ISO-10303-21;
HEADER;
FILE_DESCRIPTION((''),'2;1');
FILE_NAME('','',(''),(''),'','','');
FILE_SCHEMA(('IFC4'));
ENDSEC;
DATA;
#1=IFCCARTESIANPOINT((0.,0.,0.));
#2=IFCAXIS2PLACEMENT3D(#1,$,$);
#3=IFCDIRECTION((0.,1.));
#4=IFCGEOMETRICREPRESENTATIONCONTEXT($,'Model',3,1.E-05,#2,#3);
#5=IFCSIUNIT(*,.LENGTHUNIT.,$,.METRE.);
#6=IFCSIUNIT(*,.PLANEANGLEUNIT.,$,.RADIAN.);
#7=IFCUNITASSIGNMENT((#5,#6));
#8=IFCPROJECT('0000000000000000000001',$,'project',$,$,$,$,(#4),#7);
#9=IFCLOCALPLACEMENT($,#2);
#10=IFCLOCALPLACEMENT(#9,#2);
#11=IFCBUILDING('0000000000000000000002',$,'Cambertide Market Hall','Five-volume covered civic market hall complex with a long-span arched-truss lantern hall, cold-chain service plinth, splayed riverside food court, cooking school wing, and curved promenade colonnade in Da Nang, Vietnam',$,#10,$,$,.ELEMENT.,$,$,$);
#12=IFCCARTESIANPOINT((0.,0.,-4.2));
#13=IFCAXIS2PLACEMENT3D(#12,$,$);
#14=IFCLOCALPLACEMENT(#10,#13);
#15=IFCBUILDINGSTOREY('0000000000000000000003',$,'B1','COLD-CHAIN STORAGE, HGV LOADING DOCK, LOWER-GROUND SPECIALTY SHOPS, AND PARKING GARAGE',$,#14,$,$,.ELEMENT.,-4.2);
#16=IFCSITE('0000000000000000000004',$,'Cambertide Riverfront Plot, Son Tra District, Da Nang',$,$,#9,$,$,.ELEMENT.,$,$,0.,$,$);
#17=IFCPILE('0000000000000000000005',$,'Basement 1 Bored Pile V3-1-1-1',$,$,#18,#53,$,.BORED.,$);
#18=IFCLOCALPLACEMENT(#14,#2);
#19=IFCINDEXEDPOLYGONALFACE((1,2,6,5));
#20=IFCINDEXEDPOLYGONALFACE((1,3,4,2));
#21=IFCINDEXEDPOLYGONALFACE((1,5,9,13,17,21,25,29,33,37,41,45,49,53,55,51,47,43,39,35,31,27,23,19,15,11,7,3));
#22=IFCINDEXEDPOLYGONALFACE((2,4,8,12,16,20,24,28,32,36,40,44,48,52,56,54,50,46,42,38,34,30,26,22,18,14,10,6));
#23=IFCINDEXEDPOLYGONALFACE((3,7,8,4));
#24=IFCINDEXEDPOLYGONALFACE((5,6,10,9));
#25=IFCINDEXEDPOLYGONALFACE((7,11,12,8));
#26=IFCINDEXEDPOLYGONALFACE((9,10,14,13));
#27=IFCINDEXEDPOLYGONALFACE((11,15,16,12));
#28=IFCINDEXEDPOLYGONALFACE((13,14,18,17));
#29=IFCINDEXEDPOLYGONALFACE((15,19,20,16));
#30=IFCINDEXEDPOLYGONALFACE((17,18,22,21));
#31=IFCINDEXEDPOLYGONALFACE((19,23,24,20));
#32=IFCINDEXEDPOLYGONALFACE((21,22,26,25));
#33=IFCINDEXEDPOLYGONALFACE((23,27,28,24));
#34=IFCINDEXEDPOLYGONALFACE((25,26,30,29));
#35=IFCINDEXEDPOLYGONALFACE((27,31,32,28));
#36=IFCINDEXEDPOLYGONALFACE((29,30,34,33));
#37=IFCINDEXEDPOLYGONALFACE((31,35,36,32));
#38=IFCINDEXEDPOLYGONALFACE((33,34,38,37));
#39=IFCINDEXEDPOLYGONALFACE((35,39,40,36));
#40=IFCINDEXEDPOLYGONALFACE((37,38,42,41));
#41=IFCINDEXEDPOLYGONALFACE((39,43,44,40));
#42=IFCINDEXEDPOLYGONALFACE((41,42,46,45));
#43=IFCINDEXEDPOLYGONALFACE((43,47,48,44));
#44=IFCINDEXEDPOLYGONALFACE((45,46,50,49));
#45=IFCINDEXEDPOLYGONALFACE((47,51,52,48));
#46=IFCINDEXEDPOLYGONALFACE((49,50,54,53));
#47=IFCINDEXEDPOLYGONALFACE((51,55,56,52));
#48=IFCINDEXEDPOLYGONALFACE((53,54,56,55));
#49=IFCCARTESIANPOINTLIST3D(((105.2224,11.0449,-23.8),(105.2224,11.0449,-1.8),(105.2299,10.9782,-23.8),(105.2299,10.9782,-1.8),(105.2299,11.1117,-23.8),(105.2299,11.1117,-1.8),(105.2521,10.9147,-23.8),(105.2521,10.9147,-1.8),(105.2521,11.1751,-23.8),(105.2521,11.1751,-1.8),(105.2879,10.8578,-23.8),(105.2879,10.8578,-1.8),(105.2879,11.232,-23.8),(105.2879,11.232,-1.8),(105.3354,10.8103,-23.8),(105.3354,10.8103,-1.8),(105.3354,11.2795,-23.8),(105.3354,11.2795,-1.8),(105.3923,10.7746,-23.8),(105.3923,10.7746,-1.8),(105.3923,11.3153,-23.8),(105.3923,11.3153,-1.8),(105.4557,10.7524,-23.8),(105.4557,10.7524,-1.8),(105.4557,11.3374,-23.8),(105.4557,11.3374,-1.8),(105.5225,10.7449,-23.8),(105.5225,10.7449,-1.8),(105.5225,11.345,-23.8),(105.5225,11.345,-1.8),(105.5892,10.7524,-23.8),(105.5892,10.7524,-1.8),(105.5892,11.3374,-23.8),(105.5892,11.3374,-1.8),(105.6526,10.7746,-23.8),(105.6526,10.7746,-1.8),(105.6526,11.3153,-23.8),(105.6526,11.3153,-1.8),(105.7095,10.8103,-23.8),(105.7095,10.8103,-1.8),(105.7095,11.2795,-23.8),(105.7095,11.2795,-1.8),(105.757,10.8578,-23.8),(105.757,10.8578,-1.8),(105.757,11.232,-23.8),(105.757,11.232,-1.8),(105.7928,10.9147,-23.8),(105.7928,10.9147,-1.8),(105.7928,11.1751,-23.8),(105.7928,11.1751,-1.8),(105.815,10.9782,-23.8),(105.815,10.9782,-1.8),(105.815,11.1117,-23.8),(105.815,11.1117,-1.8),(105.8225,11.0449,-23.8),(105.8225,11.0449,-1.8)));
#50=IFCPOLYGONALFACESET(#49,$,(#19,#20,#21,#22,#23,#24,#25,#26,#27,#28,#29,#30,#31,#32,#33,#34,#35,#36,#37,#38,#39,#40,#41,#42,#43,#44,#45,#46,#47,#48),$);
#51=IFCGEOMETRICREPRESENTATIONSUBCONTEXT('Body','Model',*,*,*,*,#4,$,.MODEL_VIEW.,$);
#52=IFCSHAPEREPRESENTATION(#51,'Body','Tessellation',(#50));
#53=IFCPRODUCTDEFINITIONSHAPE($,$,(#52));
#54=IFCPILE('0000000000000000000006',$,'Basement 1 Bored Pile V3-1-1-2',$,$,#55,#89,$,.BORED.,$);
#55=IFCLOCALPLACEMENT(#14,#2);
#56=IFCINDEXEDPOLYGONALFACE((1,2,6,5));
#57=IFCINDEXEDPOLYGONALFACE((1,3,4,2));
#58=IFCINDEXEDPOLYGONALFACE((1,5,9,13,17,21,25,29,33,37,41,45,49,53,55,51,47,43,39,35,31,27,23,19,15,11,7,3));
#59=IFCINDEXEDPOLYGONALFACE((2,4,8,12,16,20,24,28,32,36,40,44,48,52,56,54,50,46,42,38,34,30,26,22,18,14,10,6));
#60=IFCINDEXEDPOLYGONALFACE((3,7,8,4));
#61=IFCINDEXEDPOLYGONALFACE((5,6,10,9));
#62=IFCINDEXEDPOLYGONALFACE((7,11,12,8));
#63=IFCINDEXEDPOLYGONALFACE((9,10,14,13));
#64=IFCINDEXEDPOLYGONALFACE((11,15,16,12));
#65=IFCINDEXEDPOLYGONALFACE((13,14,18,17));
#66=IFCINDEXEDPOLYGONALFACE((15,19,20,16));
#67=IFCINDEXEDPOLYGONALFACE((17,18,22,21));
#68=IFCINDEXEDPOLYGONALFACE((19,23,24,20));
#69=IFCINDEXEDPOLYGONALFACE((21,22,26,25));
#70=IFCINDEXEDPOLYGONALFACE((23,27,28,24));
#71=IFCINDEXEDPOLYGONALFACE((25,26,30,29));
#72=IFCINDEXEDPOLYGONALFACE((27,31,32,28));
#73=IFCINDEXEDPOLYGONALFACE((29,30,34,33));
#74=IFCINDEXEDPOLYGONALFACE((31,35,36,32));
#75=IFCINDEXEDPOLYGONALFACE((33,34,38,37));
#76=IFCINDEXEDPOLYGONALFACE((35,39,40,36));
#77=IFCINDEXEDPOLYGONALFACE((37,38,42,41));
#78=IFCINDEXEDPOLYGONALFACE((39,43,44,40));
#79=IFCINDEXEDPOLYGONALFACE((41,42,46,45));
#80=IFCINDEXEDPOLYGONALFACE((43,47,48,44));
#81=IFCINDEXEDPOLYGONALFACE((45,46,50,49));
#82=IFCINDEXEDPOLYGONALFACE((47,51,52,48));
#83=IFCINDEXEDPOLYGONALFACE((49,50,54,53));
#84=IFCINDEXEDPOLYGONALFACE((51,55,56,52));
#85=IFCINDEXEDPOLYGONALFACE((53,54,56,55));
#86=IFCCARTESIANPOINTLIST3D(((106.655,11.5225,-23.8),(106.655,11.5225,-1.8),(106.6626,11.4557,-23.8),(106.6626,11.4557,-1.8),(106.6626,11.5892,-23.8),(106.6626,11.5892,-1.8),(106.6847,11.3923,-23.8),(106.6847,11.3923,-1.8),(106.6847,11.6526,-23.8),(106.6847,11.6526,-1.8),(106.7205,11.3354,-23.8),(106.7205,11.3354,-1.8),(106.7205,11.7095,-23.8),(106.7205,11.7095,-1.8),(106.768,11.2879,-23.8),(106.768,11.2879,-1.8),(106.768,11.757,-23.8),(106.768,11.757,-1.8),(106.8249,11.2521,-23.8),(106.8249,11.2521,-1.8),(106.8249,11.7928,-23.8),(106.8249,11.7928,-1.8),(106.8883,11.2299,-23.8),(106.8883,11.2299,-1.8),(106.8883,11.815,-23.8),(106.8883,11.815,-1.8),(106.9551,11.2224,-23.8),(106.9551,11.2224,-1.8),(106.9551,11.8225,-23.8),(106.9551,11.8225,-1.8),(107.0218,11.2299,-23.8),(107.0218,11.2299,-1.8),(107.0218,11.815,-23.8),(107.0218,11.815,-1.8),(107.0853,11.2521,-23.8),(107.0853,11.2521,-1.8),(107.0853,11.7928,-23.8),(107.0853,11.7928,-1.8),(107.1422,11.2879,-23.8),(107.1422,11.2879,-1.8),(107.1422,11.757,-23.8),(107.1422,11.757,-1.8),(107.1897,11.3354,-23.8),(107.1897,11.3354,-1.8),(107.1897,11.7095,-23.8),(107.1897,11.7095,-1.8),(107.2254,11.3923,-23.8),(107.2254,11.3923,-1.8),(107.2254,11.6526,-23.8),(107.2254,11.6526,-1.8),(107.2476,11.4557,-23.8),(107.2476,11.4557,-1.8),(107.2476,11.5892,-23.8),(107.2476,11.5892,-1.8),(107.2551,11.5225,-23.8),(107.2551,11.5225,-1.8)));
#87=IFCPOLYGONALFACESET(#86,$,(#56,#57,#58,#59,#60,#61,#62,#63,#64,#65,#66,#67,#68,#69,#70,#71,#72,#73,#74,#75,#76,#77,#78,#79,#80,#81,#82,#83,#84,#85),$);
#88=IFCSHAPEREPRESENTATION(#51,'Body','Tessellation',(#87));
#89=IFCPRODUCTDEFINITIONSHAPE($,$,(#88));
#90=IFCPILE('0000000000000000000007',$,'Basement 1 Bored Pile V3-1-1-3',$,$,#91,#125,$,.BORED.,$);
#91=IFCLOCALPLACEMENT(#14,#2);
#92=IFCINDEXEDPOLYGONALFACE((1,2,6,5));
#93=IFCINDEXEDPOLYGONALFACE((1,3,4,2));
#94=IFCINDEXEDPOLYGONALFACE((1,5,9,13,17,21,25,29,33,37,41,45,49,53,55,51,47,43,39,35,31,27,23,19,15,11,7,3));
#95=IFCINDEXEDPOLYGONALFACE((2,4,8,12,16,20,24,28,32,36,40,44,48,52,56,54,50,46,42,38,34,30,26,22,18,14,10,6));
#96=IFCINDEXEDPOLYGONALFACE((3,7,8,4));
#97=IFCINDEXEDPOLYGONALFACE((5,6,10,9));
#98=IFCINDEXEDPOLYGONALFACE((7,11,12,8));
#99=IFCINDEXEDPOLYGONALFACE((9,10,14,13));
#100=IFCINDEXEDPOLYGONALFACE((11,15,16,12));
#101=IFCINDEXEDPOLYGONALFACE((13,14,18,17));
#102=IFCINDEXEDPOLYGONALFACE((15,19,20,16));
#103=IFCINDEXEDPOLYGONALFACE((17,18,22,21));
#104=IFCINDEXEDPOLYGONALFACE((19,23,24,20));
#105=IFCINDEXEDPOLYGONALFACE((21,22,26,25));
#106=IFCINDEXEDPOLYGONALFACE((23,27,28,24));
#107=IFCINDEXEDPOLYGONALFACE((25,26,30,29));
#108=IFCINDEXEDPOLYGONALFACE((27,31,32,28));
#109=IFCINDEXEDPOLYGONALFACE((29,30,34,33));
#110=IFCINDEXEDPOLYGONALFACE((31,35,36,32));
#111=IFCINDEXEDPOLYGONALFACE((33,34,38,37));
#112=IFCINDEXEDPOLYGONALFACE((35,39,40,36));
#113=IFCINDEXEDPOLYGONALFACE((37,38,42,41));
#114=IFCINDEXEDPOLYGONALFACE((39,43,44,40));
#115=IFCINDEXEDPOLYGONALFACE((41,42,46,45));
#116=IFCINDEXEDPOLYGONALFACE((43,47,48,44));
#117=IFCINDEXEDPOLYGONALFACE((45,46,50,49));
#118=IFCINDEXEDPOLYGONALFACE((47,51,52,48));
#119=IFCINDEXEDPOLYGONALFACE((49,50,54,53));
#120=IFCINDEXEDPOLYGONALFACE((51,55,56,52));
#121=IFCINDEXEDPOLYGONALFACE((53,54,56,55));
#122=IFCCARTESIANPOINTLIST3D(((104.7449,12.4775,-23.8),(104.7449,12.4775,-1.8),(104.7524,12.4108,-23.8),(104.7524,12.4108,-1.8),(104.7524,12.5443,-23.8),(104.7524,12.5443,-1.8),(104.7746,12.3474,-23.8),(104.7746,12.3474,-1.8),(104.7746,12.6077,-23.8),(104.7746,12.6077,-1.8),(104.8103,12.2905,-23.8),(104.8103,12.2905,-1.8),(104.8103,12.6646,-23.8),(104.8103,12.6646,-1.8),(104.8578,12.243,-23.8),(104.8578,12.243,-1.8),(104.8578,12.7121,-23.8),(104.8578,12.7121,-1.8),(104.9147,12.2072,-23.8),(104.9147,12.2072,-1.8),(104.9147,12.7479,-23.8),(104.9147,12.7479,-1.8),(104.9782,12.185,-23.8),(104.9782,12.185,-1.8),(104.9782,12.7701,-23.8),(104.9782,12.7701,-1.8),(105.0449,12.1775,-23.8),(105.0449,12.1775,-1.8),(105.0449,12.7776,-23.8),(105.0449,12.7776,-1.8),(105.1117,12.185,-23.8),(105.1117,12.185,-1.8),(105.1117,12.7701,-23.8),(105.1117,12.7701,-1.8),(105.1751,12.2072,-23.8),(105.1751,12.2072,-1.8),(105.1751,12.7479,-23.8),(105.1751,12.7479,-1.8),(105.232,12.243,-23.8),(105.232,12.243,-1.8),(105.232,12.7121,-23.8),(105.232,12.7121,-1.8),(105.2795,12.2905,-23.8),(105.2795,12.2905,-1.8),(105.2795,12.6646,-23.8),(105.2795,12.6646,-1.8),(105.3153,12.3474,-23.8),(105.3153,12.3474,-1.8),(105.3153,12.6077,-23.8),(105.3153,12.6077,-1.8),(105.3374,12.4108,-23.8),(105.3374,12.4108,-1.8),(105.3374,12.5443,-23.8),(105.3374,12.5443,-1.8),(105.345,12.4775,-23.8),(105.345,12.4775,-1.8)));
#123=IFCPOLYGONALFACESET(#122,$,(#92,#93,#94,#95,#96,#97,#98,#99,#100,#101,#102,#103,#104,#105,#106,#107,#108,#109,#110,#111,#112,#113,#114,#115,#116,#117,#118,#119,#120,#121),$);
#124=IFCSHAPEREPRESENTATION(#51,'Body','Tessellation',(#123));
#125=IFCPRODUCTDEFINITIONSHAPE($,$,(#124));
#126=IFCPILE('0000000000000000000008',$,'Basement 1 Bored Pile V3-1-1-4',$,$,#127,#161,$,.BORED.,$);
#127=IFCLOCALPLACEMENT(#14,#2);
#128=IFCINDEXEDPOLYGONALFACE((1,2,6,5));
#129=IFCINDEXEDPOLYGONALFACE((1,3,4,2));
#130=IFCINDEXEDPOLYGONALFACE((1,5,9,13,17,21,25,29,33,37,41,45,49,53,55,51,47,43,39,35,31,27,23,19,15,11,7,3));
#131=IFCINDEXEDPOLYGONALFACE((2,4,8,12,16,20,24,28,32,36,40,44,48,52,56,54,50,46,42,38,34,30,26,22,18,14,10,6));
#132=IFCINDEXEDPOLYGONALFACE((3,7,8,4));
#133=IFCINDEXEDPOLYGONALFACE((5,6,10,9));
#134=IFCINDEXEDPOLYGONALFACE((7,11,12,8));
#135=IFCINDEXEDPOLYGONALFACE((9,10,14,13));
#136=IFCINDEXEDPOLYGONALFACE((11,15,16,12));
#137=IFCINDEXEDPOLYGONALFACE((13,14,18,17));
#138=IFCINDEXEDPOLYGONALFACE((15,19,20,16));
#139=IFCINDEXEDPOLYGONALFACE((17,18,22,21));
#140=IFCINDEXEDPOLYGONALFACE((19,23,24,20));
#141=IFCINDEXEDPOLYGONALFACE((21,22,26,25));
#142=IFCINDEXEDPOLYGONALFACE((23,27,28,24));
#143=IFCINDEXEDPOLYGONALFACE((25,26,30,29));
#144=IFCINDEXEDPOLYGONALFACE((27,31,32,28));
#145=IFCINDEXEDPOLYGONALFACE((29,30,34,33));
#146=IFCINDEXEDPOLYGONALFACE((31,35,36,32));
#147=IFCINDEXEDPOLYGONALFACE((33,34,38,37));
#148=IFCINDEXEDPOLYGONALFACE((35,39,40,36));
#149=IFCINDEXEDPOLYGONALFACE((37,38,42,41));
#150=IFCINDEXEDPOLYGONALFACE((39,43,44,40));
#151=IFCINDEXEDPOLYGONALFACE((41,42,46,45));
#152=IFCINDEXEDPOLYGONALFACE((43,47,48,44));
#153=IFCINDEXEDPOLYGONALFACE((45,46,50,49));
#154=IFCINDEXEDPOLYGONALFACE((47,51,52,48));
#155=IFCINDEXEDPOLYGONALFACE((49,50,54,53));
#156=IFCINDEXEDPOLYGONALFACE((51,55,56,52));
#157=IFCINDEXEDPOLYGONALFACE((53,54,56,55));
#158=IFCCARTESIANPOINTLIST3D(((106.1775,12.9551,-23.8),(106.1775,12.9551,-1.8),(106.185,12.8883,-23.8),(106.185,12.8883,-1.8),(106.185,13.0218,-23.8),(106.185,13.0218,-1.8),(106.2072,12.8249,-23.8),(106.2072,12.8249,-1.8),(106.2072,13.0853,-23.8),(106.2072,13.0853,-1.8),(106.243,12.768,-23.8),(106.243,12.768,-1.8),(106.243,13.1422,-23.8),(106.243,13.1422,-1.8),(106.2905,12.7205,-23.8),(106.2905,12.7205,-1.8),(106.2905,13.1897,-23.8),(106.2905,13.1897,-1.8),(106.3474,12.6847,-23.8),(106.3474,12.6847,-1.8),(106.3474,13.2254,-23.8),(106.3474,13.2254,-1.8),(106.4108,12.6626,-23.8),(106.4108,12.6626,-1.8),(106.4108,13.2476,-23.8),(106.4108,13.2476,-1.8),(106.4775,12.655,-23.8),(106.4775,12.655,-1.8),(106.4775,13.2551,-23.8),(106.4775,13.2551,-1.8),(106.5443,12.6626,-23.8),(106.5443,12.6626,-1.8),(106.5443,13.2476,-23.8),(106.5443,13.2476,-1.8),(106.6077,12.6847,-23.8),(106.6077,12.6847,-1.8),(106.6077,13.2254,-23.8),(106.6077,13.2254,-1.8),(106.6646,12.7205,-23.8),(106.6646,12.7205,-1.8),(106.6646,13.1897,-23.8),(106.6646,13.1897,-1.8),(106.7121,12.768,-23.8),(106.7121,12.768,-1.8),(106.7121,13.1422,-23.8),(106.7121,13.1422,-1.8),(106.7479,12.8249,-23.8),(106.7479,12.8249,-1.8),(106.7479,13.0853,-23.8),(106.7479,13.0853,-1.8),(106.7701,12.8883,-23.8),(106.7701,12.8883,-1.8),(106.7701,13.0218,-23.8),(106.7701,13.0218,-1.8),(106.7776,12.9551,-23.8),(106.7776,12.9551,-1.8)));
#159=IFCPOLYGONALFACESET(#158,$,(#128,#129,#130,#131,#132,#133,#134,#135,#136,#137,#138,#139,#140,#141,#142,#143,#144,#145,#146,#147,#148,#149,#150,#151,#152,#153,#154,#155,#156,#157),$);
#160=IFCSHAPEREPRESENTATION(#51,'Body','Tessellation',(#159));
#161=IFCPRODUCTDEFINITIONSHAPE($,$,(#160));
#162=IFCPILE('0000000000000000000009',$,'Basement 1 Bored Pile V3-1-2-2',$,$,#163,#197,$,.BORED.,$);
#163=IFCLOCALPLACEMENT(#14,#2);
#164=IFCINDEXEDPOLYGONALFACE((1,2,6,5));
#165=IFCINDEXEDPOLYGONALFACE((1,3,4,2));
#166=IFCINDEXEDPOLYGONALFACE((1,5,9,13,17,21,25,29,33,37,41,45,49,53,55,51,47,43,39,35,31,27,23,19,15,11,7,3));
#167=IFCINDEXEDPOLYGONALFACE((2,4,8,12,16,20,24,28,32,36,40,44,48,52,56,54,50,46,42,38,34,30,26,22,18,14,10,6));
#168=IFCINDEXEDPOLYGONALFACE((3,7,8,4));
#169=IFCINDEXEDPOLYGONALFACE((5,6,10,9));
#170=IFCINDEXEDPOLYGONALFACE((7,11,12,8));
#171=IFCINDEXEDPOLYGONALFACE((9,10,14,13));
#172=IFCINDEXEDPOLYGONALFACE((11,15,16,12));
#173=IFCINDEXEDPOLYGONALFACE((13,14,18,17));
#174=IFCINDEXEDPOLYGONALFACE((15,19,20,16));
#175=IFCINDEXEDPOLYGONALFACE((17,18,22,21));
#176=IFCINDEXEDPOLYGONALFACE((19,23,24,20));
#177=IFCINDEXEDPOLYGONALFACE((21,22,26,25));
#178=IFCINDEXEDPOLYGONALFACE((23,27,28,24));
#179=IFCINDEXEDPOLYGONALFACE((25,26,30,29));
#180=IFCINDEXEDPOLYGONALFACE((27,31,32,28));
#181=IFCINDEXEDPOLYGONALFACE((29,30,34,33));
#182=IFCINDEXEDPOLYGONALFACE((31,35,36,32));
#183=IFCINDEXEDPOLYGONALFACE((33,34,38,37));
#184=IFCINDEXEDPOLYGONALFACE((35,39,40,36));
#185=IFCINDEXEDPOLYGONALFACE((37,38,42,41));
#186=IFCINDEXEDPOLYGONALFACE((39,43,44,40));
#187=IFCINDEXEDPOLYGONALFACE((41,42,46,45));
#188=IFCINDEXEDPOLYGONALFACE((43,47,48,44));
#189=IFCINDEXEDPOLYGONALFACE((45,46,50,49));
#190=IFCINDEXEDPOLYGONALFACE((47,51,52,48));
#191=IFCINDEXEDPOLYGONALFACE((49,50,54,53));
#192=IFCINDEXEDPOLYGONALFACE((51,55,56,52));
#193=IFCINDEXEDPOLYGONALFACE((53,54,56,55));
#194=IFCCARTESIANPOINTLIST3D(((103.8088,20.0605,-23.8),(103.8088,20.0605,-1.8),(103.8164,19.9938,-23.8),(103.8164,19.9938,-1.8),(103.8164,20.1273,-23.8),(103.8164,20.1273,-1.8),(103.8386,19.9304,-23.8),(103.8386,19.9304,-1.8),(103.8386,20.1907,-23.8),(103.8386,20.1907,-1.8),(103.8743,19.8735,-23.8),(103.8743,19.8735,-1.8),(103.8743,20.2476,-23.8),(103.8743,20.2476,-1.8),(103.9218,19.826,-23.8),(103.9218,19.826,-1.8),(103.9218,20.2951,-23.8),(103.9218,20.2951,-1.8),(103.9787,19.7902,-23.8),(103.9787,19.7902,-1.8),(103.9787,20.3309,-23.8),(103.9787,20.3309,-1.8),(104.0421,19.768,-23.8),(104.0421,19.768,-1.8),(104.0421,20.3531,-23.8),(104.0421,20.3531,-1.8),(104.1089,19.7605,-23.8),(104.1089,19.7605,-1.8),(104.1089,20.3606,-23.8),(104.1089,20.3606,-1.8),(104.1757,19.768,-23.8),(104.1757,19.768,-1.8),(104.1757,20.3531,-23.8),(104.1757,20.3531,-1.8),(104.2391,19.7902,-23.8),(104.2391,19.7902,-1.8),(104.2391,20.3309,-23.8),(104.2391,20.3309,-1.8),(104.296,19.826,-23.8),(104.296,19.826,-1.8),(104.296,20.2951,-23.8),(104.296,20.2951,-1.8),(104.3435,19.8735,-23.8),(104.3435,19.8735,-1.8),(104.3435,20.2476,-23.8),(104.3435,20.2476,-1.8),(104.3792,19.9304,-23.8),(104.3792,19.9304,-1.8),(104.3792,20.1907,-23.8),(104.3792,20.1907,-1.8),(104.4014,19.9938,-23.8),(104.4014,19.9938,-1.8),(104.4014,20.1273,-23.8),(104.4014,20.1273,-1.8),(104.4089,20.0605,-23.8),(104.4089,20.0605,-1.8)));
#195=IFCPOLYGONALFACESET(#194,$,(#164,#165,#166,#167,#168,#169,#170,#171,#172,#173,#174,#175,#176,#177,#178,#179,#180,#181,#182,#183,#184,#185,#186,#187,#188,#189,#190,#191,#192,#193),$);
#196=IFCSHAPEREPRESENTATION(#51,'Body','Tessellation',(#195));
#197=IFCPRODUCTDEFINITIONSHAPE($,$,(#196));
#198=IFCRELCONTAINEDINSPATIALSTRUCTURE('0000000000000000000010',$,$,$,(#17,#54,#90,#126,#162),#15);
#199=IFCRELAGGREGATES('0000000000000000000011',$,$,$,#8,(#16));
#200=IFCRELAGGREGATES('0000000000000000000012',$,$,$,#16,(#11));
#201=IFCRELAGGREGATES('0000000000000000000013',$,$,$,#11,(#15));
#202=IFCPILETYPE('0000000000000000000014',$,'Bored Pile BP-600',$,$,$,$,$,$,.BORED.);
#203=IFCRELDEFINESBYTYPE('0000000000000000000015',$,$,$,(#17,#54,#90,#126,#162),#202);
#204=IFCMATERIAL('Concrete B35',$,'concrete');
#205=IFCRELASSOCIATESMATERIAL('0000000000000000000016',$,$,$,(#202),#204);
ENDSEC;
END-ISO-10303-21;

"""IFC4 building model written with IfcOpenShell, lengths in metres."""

from ifc_helpers import new_model, si_unit, direction, frame, origin, origin_2d, place, context, subcontext, project, spatial, circle, extrude, material, material_profile, profile_set, type_object, element, save


model = new_model("IFC4")

# Units and contexts
model_context = context("Model", 3, precision=1e-05, world=origin(), true_north=direction((0.0, 1.0)))
body_context = subcontext(model_context, "Body", "Model", "MODEL_VIEW")
ifc_project = project(units=[si_unit("LENGTHUNIT", "METRE"), si_unit("PLANEANGLEUNIT", "RADIAN")], contexts=[model_context])

# Site, building, storey
site_placement = place(None, origin())
site = spatial("IfcSite", under=ifc_project, at=site_placement, Name="Cambertide Riverfront Plot, Son Tra District, Da Nang", CompositionType="ELEMENT", RefElevation=0.0)
building_placement = place(site_placement, origin())
building = spatial("IfcBuilding", under=site, at=building_placement, Name="Cambertide Market Hall", Description="Five-volume covered civic market hall complex with a long-span arched-truss lantern hall, cold-chain service plinth, splayed riverside food court, cooking school wing, and curved promenade colonnade in Da Nang, Vietnam", CompositionType="ELEMENT")
storey_placement = place(building_placement, frame((0.0, 0.0, -4.2)))
storey = spatial("IfcBuildingStorey", under=building, at=storey_placement, Name="B1", Description="COLD-CHAIN STORAGE, HGV LOADING DOCK, LOWER-GROUND SPECIALTY SHOPS, AND PARKING GARAGE", CompositionType="ELEMENT", Elevation=-4.2)

# Piles
ifc_material_1 = material(Name="Concrete B35", Category="concrete")
ifc_material_profile_1 = material_profile(ifc_material_1, circle(Radius=0.3, at=origin_2d()), Name="BP D600")
ifc_profile_set_1 = profile_set([ifc_material_profile_1], Name="Concrete B35")
pile_type = type_object("IfcPileType", Name="Bored Pile BP-600", PredefinedType="BORED", material=ifc_profile_set_1)
for number, where, z_axis, x_axis, name in (
    (1, (105.5225, 11.0449, -1.8), (0.0, 0.0, -1.0), (1.0, 0.0, 0.0), "Basement 1 Bored Pile V3-1-1-1"),
    (2, (106.9551, 11.5225, -1.8), (0.0, 0.0, -1.0), (1.0, 0.0, 0.0), "Basement 1 Bored Pile V3-1-1-2"),
    (3, (105.0449, 12.4775, -1.8), (0.0, 0.0, -1.0), (1.0, 0.0, 0.0), "Basement 1 Bored Pile V3-1-1-3"),
    (4, (106.4775, 12.9551, -1.8), (0.0, 0.0, -1.0), (1.0, 0.0, 0.0), "Basement 1 Bored Pile V3-1-1-4"),
    (5, (104.1089, 20.0605, -1.8), (0.0, 0.0, -1.0), (1.0, 0.0, 0.0), "Basement 1 Bored Pile V3-1-2-2"),
):
    element("IfcPile", number, at=place(storey_placement, frame(where, z_axis=z_axis, x_axis=x_axis)), inside=storey, type_object=pile_type, Name=name, PredefinedType="BORED", context=body_context, shape_type="SweptSolid", body=[
        extrude(circle(Radius=0.3, at=origin_2d()), origin(), (0.0, 0.0, 1.0), 22.0),
    ])

save(model, "model.ifc")
